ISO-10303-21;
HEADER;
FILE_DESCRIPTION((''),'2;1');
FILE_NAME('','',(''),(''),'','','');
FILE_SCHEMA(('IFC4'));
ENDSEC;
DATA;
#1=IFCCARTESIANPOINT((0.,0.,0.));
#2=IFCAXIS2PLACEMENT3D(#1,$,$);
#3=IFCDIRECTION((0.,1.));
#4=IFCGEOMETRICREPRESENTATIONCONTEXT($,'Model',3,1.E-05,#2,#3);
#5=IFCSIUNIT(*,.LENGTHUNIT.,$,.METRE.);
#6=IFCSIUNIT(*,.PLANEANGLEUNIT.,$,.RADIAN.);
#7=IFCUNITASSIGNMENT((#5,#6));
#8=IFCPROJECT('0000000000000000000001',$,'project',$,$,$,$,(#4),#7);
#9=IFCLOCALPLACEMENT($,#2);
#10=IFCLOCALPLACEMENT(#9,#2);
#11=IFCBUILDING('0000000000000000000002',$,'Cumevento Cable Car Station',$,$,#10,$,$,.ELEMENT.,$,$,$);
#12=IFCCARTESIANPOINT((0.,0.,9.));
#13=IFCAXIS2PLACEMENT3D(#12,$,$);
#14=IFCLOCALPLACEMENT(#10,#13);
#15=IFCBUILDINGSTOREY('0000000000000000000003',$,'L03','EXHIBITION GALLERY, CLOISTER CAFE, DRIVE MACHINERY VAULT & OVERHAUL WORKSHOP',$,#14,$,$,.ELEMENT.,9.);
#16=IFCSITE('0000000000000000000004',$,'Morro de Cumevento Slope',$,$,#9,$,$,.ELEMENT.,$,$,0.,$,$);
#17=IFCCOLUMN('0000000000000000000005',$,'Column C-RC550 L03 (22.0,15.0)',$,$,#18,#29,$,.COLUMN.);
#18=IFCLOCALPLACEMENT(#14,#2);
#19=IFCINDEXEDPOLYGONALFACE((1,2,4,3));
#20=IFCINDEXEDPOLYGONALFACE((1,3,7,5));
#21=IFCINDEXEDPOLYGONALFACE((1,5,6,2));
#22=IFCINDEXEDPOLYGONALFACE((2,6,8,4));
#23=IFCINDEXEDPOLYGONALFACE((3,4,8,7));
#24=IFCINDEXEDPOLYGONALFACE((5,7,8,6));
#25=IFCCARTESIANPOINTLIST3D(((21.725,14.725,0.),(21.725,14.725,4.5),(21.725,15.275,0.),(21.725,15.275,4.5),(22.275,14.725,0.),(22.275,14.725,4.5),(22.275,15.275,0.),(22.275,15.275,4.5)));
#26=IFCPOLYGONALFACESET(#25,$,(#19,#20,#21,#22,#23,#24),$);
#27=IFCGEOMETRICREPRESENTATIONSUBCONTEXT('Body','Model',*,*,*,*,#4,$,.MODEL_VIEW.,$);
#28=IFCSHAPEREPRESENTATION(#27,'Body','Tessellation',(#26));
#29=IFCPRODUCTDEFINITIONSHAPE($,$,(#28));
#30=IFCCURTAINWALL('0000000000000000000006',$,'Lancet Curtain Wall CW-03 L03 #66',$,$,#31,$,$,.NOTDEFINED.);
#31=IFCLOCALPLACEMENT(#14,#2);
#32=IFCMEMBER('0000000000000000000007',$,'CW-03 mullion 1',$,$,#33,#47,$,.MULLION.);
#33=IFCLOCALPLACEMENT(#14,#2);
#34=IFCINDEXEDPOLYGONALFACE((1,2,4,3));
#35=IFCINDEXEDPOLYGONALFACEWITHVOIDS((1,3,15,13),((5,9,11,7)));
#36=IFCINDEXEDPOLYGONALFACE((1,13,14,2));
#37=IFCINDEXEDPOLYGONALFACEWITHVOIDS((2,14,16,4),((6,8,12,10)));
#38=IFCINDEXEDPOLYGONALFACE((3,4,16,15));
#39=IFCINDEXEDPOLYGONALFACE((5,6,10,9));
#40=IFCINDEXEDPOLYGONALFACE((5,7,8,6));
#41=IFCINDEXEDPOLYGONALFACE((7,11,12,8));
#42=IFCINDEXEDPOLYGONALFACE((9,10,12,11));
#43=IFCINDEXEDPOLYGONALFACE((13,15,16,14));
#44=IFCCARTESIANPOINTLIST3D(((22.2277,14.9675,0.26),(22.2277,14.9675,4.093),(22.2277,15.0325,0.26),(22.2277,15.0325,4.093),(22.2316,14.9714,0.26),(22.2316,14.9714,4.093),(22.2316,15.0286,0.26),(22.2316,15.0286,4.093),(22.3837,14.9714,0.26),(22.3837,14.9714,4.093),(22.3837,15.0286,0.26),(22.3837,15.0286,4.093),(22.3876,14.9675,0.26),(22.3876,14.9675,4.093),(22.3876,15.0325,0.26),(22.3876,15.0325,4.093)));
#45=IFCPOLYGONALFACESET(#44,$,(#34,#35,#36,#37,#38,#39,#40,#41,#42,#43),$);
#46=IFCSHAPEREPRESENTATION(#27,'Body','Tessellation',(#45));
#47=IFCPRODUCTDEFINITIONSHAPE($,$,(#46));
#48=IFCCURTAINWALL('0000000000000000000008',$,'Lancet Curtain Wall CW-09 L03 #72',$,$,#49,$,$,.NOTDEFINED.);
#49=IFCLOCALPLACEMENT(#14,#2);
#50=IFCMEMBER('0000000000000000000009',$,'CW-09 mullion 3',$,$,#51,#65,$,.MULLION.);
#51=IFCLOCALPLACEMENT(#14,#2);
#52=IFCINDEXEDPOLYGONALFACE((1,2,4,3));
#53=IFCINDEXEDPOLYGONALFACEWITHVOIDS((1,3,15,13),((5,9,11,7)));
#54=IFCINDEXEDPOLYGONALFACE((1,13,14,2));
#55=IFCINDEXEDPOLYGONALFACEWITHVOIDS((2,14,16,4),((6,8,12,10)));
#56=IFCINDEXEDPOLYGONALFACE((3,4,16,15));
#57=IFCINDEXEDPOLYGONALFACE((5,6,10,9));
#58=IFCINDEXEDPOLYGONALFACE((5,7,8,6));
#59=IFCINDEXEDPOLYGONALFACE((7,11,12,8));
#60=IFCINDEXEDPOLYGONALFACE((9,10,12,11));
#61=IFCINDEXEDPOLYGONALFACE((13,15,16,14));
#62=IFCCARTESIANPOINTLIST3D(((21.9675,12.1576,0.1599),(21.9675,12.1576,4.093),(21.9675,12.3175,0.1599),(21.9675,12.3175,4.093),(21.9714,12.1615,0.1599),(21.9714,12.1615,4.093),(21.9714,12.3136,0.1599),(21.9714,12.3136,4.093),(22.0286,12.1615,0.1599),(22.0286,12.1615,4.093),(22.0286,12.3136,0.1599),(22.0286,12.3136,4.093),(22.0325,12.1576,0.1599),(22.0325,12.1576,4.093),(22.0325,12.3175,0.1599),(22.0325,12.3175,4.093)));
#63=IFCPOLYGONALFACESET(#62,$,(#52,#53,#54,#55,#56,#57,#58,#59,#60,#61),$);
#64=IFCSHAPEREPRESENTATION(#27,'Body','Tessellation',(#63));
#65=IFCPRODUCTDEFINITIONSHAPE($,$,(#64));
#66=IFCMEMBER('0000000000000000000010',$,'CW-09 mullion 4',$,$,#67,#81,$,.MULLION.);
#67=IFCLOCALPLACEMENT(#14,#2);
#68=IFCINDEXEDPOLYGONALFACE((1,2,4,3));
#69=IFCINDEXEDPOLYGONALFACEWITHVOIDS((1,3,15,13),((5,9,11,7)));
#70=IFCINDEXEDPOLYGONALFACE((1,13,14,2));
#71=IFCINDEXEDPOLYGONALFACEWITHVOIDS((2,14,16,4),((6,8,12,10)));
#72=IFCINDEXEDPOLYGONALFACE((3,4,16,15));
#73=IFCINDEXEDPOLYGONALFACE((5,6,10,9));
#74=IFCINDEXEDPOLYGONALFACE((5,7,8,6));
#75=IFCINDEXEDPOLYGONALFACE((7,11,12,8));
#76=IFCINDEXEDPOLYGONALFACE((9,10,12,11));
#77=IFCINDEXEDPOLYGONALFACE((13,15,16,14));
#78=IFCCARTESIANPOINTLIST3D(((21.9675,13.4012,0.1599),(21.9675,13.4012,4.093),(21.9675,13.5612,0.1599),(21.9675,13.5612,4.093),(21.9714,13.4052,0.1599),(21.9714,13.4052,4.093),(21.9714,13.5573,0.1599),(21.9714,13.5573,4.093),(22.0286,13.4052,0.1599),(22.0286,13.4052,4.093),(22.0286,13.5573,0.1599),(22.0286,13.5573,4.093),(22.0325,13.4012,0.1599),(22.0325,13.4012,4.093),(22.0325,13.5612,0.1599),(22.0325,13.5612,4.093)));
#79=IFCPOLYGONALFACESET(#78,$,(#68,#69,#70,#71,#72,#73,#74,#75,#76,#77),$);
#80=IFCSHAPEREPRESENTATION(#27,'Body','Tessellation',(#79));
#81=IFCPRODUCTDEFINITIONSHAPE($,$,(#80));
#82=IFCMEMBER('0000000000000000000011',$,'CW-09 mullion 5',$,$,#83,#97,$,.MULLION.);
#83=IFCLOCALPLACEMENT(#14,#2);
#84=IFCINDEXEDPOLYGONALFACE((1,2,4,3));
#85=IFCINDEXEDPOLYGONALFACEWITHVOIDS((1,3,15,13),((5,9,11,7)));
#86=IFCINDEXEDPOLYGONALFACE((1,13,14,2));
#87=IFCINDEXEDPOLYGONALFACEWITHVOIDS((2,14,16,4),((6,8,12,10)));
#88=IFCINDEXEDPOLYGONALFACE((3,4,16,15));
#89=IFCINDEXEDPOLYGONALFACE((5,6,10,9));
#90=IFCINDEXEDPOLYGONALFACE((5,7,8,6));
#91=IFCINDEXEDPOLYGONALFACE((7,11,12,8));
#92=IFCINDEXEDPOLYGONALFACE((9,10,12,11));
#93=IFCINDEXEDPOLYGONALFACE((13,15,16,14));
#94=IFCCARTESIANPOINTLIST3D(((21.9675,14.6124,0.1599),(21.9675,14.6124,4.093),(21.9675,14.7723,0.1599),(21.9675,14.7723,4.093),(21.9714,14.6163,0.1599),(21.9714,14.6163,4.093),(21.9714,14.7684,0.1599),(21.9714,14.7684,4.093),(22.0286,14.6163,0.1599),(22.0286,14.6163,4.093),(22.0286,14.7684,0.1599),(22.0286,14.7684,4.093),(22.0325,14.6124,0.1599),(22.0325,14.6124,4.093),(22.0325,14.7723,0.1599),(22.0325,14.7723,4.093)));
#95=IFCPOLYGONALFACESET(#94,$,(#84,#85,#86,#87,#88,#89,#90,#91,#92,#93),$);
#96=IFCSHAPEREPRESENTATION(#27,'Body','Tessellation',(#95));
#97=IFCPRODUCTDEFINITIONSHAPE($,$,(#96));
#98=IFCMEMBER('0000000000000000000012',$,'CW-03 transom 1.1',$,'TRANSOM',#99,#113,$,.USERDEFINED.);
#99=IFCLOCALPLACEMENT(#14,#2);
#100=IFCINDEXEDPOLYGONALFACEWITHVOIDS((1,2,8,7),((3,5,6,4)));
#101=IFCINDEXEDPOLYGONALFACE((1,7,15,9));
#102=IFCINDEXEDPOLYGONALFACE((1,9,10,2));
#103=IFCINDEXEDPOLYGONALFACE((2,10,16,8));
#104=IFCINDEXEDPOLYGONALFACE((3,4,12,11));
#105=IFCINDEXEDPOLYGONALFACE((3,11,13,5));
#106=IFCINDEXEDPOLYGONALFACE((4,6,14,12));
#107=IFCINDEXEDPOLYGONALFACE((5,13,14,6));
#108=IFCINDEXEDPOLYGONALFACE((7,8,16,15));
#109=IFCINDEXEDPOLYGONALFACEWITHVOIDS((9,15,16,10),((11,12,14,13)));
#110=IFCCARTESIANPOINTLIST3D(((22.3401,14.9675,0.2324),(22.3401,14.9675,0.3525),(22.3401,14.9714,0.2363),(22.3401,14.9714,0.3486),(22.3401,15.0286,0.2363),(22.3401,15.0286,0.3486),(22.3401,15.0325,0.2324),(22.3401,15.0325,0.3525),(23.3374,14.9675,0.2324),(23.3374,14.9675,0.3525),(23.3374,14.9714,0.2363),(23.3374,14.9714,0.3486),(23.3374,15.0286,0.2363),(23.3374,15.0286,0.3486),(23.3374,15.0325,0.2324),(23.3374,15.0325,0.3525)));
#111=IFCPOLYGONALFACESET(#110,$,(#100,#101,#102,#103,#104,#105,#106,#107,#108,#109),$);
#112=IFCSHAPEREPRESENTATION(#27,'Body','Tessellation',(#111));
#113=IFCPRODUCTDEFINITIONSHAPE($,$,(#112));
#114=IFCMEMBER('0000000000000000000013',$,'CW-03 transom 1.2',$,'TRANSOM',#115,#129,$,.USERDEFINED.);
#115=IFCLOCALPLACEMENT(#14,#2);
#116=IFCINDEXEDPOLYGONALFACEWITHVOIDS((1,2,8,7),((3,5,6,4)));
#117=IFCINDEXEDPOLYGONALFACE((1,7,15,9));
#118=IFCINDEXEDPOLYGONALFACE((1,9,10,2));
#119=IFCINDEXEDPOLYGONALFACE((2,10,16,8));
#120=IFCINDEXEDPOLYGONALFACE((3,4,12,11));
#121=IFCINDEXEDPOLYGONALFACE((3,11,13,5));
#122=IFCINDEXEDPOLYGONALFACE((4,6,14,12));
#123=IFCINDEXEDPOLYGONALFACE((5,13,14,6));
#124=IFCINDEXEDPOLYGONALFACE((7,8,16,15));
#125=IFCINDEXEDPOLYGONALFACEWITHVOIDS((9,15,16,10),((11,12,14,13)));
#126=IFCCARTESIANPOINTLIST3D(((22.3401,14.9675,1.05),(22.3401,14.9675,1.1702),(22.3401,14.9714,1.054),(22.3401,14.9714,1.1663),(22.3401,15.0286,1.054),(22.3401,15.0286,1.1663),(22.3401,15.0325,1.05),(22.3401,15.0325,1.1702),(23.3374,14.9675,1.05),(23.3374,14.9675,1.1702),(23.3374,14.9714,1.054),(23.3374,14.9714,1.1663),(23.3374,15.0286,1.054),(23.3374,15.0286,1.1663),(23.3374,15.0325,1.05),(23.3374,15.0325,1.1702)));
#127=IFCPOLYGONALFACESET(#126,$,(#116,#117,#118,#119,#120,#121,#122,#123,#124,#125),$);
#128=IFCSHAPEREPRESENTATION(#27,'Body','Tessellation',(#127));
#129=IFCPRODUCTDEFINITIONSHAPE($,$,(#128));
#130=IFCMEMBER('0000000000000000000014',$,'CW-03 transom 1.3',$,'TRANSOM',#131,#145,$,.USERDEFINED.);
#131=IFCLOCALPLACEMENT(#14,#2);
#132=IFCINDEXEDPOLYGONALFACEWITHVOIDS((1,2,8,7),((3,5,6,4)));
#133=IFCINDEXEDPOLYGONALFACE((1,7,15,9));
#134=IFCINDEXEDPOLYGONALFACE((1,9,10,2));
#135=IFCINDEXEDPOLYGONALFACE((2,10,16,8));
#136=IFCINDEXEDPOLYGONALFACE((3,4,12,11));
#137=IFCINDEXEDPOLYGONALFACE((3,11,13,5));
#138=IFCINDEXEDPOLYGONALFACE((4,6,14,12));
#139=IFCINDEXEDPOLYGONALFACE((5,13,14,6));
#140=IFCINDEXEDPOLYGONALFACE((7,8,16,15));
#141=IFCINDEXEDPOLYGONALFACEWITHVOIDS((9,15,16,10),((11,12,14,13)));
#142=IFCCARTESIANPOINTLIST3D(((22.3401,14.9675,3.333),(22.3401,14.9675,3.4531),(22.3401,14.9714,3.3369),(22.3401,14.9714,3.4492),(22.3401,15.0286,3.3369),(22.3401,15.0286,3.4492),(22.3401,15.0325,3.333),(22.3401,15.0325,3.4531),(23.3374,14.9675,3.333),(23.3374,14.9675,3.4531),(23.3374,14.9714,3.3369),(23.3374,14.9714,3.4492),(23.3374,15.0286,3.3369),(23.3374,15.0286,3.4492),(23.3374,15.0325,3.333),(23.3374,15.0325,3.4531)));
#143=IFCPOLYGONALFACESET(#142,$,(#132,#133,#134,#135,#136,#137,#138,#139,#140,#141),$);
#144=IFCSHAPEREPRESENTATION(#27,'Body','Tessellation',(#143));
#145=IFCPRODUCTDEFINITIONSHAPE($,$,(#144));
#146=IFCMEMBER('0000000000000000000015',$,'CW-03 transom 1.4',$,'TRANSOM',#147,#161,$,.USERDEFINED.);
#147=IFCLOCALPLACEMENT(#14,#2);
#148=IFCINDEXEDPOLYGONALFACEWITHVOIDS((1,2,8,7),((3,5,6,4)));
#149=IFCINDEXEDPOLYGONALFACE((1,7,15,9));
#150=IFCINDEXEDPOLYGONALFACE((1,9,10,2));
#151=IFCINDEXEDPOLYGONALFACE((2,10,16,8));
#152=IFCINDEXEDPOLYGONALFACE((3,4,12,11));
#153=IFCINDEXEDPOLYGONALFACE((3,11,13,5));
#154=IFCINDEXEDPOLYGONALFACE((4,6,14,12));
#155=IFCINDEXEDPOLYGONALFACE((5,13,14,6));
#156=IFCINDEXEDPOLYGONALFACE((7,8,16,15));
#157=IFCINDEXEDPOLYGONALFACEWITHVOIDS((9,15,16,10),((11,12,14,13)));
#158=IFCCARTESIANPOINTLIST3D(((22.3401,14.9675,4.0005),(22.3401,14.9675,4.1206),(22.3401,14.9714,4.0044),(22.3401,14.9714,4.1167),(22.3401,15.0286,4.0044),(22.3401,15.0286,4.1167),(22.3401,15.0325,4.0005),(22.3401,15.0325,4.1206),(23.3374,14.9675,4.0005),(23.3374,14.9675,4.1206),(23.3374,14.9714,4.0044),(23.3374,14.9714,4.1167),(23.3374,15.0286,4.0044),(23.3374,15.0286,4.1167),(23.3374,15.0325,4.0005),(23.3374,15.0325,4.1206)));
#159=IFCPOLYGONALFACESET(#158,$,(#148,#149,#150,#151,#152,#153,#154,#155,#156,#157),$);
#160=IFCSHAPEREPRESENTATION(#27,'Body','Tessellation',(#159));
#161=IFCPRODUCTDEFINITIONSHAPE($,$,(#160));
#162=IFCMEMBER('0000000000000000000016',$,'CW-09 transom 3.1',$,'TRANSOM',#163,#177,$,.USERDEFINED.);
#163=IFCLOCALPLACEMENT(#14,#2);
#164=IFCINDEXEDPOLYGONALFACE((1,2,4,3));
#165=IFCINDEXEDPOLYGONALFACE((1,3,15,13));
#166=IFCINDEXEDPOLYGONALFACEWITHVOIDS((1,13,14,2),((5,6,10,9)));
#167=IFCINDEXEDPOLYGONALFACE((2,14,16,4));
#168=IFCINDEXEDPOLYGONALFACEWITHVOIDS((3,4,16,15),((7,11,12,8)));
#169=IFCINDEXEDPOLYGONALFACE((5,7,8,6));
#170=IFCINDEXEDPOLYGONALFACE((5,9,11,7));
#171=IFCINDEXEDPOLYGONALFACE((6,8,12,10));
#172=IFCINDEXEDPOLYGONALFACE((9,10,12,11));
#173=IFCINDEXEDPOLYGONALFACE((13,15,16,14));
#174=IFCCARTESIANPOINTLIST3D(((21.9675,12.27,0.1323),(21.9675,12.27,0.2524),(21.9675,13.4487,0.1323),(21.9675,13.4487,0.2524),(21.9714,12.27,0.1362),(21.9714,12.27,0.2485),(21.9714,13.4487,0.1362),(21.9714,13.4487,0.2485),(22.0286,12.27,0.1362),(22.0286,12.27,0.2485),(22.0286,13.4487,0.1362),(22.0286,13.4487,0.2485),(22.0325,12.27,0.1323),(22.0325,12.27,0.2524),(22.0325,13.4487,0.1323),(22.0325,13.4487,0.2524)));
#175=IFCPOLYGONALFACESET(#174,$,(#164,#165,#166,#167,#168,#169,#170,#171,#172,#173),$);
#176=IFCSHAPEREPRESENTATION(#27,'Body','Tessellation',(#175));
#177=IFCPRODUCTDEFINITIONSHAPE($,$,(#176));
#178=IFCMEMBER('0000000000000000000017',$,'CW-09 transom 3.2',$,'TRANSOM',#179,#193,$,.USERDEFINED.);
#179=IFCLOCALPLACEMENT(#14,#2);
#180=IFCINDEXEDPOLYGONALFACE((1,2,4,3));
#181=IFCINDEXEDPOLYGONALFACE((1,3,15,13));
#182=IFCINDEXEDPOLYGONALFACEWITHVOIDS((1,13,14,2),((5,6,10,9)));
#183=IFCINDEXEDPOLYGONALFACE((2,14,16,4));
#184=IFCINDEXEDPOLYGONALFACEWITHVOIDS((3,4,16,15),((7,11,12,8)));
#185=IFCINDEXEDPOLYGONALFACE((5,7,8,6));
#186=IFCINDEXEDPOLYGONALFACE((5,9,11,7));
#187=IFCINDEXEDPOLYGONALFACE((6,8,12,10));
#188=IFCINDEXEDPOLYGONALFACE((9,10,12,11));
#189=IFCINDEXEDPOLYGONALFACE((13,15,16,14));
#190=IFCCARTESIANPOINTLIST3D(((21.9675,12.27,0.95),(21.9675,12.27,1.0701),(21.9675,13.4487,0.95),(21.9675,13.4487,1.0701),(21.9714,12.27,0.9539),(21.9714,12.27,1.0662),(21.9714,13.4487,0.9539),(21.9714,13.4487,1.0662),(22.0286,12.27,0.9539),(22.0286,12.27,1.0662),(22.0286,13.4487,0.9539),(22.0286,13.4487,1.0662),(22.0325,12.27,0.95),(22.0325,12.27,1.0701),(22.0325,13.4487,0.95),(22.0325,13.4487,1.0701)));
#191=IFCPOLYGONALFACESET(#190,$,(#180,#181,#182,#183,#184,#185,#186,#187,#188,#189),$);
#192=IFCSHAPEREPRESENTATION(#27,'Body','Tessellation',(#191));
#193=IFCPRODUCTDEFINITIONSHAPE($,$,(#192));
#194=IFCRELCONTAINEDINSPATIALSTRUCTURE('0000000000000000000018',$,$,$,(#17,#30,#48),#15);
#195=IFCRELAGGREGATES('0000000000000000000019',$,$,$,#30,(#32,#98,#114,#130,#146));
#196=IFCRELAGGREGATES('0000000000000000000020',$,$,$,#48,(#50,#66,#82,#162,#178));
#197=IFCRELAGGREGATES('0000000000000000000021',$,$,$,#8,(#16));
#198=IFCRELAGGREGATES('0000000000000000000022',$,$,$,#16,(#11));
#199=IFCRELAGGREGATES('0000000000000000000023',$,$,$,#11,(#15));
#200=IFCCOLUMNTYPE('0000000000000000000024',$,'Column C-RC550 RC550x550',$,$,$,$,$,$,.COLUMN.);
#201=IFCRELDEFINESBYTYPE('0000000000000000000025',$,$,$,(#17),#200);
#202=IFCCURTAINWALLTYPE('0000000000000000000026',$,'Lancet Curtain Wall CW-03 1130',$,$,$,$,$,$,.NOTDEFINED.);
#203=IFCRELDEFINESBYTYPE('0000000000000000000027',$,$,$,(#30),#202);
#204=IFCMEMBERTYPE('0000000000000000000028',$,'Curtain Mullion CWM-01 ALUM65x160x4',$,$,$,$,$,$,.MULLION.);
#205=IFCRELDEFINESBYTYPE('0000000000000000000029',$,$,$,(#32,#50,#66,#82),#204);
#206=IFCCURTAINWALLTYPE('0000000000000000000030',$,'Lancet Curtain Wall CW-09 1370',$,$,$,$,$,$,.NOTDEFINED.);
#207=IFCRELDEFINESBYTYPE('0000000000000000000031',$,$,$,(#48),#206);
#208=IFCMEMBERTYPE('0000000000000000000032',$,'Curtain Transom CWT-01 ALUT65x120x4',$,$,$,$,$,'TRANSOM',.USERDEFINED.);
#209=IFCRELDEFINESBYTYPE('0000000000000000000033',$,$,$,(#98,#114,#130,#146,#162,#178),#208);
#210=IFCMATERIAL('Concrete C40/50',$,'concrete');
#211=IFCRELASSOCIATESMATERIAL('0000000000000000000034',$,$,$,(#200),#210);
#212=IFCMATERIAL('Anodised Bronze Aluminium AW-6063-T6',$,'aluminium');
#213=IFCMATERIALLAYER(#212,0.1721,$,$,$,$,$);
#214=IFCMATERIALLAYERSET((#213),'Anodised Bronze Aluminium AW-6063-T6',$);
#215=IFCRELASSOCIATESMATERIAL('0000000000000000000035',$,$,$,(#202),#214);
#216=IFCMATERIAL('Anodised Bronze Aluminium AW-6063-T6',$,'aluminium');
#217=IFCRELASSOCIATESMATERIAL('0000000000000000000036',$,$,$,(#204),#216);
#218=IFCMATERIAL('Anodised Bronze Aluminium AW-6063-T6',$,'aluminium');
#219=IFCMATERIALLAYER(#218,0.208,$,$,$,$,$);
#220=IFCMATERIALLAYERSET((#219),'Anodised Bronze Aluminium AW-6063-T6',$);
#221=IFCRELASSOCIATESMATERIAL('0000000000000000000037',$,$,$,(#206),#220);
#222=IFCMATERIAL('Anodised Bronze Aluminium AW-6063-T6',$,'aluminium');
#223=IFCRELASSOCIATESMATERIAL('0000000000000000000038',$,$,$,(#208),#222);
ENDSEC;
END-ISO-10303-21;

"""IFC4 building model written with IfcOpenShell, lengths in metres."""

from ifc_helpers import new_model, si_unit, direction, frame, origin, origin_2d, place, context, subcontext, project, spatial, rectangle, hollow_rectangle, extrude, material, layer, layer_set, material_profile, profile_set, type_object, element, aggregate, save


model = new_model("IFC4")

# Units and contexts
model_context = context("Model", 3, precision=1e-05, world=origin(), true_north=direction((0.0, 1.0)))
body_context = subcontext(model_context, "Body", "Model", "MODEL_VIEW")
ifc_project = project(units=[si_unit("LENGTHUNIT", "METRE"), si_unit("PLANEANGLEUNIT", "RADIAN")], contexts=[model_context])

# Site, building, storey
site_placement = place(None, origin())
site = spatial("IfcSite", under=ifc_project, at=site_placement, Name="Morro de Cumevento Slope", CompositionType="ELEMENT", RefElevation=0.0)
building_placement = place(site_placement, origin())
building = spatial("IfcBuilding", under=site, at=building_placement, Name="Cumevento Cable Car Station", CompositionType="ELEMENT")
storey_placement = place(building_placement, frame((0.0, 0.0, 9.0)))
storey = spatial("IfcBuildingStorey", under=building, at=storey_placement, Name="L03", Description="EXHIBITION GALLERY, CLOISTER CAFE, DRIVE MACHINERY VAULT & OVERHAUL WORKSHOP", CompositionType="ELEMENT", Elevation=9.0)

# Column
ifc_material_1 = material(Name="Concrete C40/50", Category="concrete")
ifc_material_profile_1 = material_profile(ifc_material_1, rectangle(XDim=0.55, YDim=0.55, at=origin_2d()), Name="RC550x550")
ifc_profile_set_1 = profile_set([ifc_material_profile_1], Name="Concrete C40/50")
column_type = type_object("IfcColumnType", Name="Column C-RC550 RC550x550", PredefinedType="COLUMN", material=ifc_profile_set_1)
column_placement = place(storey_placement, frame((22.0, 15.0, 0.0), z_axis=(0.0, 0.0, 1.0), x_axis=(1.0, 0.0, 0.0)))
element("IfcColumn", 1, at=column_placement, inside=storey, type_object=column_type, Name="Column C-RC550 L03 (22.0,15.0)", PredefinedType="COLUMN", context=body_context, shape_type="SweptSolid", body=[
    extrude(rectangle(XDim=0.55, YDim=0.55, at=origin_2d()), origin(), (0.0, 0.0, 1.0), 4.5),
])

# Curtain wall, member
ifc_material_2 = material(Name="Anodised Bronze Aluminium AW-6063-T6", Category="aluminium")
ifc_layer_1 = layer(ifc_material_2, 0.1721)
ifc_layer_set_1 = layer_set([ifc_layer_1], Name="Anodised Bronze Aluminium AW-6063-T6")
curtain_wall_type_1 = type_object("IfcCurtainWallType", Name="Lancet Curtain Wall CW-03 1130", PredefinedType="NOTDEFINED", material=ifc_layer_set_1)
curtain_wall_1_placement = place(storey_placement, origin())
curtain_wall_1 = element("IfcCurtainWall", 2, at=curtain_wall_1_placement, inside=storey, type_object=curtain_wall_type_1, Name="Lancet Curtain Wall CW-03 L03 #66", PredefinedType="NOTDEFINED")
ifc_material_3 = material(Name="Anodised Bronze Aluminium AW-6063-T6", Category="aluminium")
ifc_material_profile_2 = material_profile(ifc_material_3, hollow_rectangle(XDim=0.0649, YDim=0.1599, WallThickness=0.0039, at=origin_2d()), Name="ALUM65x160x4")
ifc_profile_set_2 = profile_set([ifc_material_profile_2], Name="Anodised Bronze Aluminium AW-6063-T6")
member_type_1 = type_object("IfcMemberType", Name="Curtain Mullion CWM-01 ALUM65x160x4", PredefinedType="MULLION", material=ifc_profile_set_2)
member_1_placement = place(storey_placement, frame((22.3076, 15.0, 0.26), z_axis=(0.0, 0.0, 1.0), x_axis=(0.0, 1.0, 0.0)))
member_1 = element("IfcMember", 3, at=member_1_placement, type_object=member_type_1, Name="CW-03 mullion 1", PredefinedType="MULLION", context=body_context, shape_type="SweptSolid", body=[
    extrude(hollow_rectangle(XDim=0.0649, YDim=0.1599, WallThickness=0.0039, at=origin_2d()), origin(), (0.0, 0.0, 1.0), 3.833),
])

# Curtain wall, members
ifc_material_4 = material(Name="Anodised Bronze Aluminium AW-6063-T6", Category="aluminium")
ifc_layer_2 = layer(ifc_material_4, 0.208)
ifc_layer_set_2 = layer_set([ifc_layer_2], Name="Anodised Bronze Aluminium AW-6063-T6")
curtain_wall_type_2 = type_object("IfcCurtainWallType", Name="Lancet Curtain Wall CW-09 1370", PredefinedType="NOTDEFINED", material=ifc_layer_set_2)
curtain_wall_2_placement = place(storey_placement, origin())
curtain_wall_2 = element("IfcCurtainWall", 4, at=curtain_wall_2_placement, inside=storey, type_object=curtain_wall_type_2, Name="Lancet Curtain Wall CW-09 L03 #72", PredefinedType="NOTDEFINED")
member_2_placement = place(storey_placement, frame((22.0, 12.2375, 0.1599), z_axis=(0.0, 0.0, 1.0), x_axis=(-1.0, 0.0, 0.0)))
member_2 = element("IfcMember", 5, at=member_2_placement, type_object=member_type_1, Name="CW-09 mullion 3", PredefinedType="MULLION", context=body_context, shape_type="SweptSolid", body=[
    extrude(hollow_rectangle(XDim=0.0649, YDim=0.1599, WallThickness=0.0039, at=origin_2d()), origin(), (0.0, 0.0, 1.0), 3.9331),
])
member_3_placement = place(storey_placement, frame((22.0, 13.4812, 0.1599), z_axis=(0.0, 0.0, 1.0), x_axis=(-1.0, 0.0, 0.0)))
member_3 = element("IfcMember", 6, at=member_3_placement, type_object=member_type_1, Name="CW-09 mullion 4", PredefinedType="MULLION", context=body_context, shape_type="SweptSolid", body=[
    extrude(hollow_rectangle(XDim=0.0649, YDim=0.1599, WallThickness=0.0039, at=origin_2d()), origin(), (0.0, 0.0, 1.0), 3.9331),
])
member_4_placement = place(storey_placement, frame((22.0, 14.6924, 0.1599), z_axis=(0.0, 0.0, 1.0), x_axis=(-1.0, 0.0, 0.0)))
member_4 = element("IfcMember", 7, at=member_4_placement, type_object=member_type_1, Name="CW-09 mullion 5", PredefinedType="MULLION", context=body_context, shape_type="SweptSolid", body=[
    extrude(hollow_rectangle(XDim=0.0649, YDim=0.1599, WallThickness=0.0039, at=origin_2d()), origin(), (0.0, 0.0, 1.0), 3.9331),
])

# Members
ifc_material_5 = material(Name="Anodised Bronze Aluminium AW-6063-T6", Category="aluminium")
ifc_material_profile_3 = material_profile(ifc_material_5, hollow_rectangle(XDim=0.0649, YDim=0.1201, WallThickness=0.0039, at=origin_2d()), Name="ALUT65x120x4")
ifc_profile_set_3 = profile_set([ifc_material_profile_3], Name="Anodised Bronze Aluminium AW-6063-T6")
member_type_2 = type_object("IfcMemberType", Name="Curtain Transom CWT-01 ALUT65x120x4", ElementType="TRANSOM", PredefinedType="USERDEFINED", material=ifc_profile_set_3)
member_5_placement = place(storey_placement, frame((22.3401, 15.0, 0.2925), z_axis=(1.0, 0.0, 0.0), x_axis=(0.0, 1.0, 0.0)))
member_5 = element("IfcMember", 8, at=member_5_placement, type_object=member_type_2, Name="CW-03 transom 1.1", ObjectType="TRANSOM", PredefinedType="USERDEFINED", context=body_context, shape_type="SweptSolid", body=[
    extrude(hollow_rectangle(XDim=0.0649, YDim=0.1201, WallThickness=0.0039, at=origin_2d()), origin(), (0.0, 0.0, 1.0), 0.9973),
])
member_6_placement = place(storey_placement, frame((22.3401, 15.0, 1.1101), z_axis=(1.0, 0.0, 0.0), x_axis=(0.0, 1.0, 0.0)))
member_6 = element("IfcMember", 9, at=member_6_placement, type_object=member_type_2, Name="CW-03 transom 1.2", ObjectType="TRANSOM", PredefinedType="USERDEFINED", context=body_context, shape_type="SweptSolid", body=[
    extrude(hollow_rectangle(XDim=0.0649, YDim=0.1201, WallThickness=0.0039, at=origin_2d()), origin(), (0.0, 0.0, 1.0), 0.9973),
])
member_7_placement = place(storey_placement, frame((22.3401, 15.0, 3.3931), z_axis=(1.0, 0.0, 0.0), x_axis=(0.0, 1.0, 0.0)))
member_7 = element("IfcMember", 10, at=member_7_placement, type_object=member_type_2, Name="CW-03 transom 1.3", ObjectType="TRANSOM", PredefinedType="USERDEFINED", context=body_context, shape_type="SweptSolid", body=[
    extrude(hollow_rectangle(XDim=0.0649, YDim=0.1201, WallThickness=0.0039, at=origin_2d()), origin(), (0.0, 0.0, 1.0), 0.9973),
])
member_8_placement = place(storey_placement, frame((22.3401, 15.0, 4.0605), z_axis=(1.0, 0.0, 0.0), x_axis=(0.0, 1.0, 0.0)))
member_8 = element("IfcMember", 11, at=member_8_placement, type_object=member_type_2, Name="CW-03 transom 1.4", ObjectType="TRANSOM", PredefinedType="USERDEFINED", context=body_context, shape_type="SweptSolid", body=[
    extrude(hollow_rectangle(XDim=0.0649, YDim=0.1201, WallThickness=0.0039, at=origin_2d()), origin(), (0.0, 0.0, 1.0), 0.9973),
])
aggregate(curtain_wall_1, [member_1, member_5, member_6, member_7, member_8])
member_9_placement = place(storey_placement, frame((22.0, 12.27, 0.1924), z_axis=(0.0, 1.0, 0.0), x_axis=(-1.0, 0.0, 0.0)))
member_9 = element("IfcMember", 12, at=member_9_placement, type_object=member_type_2, Name="CW-09 transom 3.1", ObjectType="TRANSOM", PredefinedType="USERDEFINED", context=body_context, shape_type="SweptSolid", body=[
    extrude(hollow_rectangle(XDim=0.0649, YDim=0.1201, WallThickness=0.0039, at=origin_2d()), origin(), (0.0, 0.0, 1.0), 1.1787),
])
member_10_placement = place(storey_placement, frame((22.0, 12.27, 1.01), z_axis=(0.0, 1.0, 0.0), x_axis=(-1.0, 0.0, 0.0)))
member_10 = element("IfcMember", 13, at=member_10_placement, type_object=member_type_2, Name="CW-09 transom 3.2", ObjectType="TRANSOM", PredefinedType="USERDEFINED", context=body_context, shape_type="SweptSolid", body=[
    extrude(hollow_rectangle(XDim=0.0649, YDim=0.1201, WallThickness=0.0039, at=origin_2d()), origin(), (0.0, 0.0, 1.0), 1.1787),
])

aggregate(curtain_wall_2, [member_2, member_3, member_4, member_9, member_10])

save(model, "model.ifc")
